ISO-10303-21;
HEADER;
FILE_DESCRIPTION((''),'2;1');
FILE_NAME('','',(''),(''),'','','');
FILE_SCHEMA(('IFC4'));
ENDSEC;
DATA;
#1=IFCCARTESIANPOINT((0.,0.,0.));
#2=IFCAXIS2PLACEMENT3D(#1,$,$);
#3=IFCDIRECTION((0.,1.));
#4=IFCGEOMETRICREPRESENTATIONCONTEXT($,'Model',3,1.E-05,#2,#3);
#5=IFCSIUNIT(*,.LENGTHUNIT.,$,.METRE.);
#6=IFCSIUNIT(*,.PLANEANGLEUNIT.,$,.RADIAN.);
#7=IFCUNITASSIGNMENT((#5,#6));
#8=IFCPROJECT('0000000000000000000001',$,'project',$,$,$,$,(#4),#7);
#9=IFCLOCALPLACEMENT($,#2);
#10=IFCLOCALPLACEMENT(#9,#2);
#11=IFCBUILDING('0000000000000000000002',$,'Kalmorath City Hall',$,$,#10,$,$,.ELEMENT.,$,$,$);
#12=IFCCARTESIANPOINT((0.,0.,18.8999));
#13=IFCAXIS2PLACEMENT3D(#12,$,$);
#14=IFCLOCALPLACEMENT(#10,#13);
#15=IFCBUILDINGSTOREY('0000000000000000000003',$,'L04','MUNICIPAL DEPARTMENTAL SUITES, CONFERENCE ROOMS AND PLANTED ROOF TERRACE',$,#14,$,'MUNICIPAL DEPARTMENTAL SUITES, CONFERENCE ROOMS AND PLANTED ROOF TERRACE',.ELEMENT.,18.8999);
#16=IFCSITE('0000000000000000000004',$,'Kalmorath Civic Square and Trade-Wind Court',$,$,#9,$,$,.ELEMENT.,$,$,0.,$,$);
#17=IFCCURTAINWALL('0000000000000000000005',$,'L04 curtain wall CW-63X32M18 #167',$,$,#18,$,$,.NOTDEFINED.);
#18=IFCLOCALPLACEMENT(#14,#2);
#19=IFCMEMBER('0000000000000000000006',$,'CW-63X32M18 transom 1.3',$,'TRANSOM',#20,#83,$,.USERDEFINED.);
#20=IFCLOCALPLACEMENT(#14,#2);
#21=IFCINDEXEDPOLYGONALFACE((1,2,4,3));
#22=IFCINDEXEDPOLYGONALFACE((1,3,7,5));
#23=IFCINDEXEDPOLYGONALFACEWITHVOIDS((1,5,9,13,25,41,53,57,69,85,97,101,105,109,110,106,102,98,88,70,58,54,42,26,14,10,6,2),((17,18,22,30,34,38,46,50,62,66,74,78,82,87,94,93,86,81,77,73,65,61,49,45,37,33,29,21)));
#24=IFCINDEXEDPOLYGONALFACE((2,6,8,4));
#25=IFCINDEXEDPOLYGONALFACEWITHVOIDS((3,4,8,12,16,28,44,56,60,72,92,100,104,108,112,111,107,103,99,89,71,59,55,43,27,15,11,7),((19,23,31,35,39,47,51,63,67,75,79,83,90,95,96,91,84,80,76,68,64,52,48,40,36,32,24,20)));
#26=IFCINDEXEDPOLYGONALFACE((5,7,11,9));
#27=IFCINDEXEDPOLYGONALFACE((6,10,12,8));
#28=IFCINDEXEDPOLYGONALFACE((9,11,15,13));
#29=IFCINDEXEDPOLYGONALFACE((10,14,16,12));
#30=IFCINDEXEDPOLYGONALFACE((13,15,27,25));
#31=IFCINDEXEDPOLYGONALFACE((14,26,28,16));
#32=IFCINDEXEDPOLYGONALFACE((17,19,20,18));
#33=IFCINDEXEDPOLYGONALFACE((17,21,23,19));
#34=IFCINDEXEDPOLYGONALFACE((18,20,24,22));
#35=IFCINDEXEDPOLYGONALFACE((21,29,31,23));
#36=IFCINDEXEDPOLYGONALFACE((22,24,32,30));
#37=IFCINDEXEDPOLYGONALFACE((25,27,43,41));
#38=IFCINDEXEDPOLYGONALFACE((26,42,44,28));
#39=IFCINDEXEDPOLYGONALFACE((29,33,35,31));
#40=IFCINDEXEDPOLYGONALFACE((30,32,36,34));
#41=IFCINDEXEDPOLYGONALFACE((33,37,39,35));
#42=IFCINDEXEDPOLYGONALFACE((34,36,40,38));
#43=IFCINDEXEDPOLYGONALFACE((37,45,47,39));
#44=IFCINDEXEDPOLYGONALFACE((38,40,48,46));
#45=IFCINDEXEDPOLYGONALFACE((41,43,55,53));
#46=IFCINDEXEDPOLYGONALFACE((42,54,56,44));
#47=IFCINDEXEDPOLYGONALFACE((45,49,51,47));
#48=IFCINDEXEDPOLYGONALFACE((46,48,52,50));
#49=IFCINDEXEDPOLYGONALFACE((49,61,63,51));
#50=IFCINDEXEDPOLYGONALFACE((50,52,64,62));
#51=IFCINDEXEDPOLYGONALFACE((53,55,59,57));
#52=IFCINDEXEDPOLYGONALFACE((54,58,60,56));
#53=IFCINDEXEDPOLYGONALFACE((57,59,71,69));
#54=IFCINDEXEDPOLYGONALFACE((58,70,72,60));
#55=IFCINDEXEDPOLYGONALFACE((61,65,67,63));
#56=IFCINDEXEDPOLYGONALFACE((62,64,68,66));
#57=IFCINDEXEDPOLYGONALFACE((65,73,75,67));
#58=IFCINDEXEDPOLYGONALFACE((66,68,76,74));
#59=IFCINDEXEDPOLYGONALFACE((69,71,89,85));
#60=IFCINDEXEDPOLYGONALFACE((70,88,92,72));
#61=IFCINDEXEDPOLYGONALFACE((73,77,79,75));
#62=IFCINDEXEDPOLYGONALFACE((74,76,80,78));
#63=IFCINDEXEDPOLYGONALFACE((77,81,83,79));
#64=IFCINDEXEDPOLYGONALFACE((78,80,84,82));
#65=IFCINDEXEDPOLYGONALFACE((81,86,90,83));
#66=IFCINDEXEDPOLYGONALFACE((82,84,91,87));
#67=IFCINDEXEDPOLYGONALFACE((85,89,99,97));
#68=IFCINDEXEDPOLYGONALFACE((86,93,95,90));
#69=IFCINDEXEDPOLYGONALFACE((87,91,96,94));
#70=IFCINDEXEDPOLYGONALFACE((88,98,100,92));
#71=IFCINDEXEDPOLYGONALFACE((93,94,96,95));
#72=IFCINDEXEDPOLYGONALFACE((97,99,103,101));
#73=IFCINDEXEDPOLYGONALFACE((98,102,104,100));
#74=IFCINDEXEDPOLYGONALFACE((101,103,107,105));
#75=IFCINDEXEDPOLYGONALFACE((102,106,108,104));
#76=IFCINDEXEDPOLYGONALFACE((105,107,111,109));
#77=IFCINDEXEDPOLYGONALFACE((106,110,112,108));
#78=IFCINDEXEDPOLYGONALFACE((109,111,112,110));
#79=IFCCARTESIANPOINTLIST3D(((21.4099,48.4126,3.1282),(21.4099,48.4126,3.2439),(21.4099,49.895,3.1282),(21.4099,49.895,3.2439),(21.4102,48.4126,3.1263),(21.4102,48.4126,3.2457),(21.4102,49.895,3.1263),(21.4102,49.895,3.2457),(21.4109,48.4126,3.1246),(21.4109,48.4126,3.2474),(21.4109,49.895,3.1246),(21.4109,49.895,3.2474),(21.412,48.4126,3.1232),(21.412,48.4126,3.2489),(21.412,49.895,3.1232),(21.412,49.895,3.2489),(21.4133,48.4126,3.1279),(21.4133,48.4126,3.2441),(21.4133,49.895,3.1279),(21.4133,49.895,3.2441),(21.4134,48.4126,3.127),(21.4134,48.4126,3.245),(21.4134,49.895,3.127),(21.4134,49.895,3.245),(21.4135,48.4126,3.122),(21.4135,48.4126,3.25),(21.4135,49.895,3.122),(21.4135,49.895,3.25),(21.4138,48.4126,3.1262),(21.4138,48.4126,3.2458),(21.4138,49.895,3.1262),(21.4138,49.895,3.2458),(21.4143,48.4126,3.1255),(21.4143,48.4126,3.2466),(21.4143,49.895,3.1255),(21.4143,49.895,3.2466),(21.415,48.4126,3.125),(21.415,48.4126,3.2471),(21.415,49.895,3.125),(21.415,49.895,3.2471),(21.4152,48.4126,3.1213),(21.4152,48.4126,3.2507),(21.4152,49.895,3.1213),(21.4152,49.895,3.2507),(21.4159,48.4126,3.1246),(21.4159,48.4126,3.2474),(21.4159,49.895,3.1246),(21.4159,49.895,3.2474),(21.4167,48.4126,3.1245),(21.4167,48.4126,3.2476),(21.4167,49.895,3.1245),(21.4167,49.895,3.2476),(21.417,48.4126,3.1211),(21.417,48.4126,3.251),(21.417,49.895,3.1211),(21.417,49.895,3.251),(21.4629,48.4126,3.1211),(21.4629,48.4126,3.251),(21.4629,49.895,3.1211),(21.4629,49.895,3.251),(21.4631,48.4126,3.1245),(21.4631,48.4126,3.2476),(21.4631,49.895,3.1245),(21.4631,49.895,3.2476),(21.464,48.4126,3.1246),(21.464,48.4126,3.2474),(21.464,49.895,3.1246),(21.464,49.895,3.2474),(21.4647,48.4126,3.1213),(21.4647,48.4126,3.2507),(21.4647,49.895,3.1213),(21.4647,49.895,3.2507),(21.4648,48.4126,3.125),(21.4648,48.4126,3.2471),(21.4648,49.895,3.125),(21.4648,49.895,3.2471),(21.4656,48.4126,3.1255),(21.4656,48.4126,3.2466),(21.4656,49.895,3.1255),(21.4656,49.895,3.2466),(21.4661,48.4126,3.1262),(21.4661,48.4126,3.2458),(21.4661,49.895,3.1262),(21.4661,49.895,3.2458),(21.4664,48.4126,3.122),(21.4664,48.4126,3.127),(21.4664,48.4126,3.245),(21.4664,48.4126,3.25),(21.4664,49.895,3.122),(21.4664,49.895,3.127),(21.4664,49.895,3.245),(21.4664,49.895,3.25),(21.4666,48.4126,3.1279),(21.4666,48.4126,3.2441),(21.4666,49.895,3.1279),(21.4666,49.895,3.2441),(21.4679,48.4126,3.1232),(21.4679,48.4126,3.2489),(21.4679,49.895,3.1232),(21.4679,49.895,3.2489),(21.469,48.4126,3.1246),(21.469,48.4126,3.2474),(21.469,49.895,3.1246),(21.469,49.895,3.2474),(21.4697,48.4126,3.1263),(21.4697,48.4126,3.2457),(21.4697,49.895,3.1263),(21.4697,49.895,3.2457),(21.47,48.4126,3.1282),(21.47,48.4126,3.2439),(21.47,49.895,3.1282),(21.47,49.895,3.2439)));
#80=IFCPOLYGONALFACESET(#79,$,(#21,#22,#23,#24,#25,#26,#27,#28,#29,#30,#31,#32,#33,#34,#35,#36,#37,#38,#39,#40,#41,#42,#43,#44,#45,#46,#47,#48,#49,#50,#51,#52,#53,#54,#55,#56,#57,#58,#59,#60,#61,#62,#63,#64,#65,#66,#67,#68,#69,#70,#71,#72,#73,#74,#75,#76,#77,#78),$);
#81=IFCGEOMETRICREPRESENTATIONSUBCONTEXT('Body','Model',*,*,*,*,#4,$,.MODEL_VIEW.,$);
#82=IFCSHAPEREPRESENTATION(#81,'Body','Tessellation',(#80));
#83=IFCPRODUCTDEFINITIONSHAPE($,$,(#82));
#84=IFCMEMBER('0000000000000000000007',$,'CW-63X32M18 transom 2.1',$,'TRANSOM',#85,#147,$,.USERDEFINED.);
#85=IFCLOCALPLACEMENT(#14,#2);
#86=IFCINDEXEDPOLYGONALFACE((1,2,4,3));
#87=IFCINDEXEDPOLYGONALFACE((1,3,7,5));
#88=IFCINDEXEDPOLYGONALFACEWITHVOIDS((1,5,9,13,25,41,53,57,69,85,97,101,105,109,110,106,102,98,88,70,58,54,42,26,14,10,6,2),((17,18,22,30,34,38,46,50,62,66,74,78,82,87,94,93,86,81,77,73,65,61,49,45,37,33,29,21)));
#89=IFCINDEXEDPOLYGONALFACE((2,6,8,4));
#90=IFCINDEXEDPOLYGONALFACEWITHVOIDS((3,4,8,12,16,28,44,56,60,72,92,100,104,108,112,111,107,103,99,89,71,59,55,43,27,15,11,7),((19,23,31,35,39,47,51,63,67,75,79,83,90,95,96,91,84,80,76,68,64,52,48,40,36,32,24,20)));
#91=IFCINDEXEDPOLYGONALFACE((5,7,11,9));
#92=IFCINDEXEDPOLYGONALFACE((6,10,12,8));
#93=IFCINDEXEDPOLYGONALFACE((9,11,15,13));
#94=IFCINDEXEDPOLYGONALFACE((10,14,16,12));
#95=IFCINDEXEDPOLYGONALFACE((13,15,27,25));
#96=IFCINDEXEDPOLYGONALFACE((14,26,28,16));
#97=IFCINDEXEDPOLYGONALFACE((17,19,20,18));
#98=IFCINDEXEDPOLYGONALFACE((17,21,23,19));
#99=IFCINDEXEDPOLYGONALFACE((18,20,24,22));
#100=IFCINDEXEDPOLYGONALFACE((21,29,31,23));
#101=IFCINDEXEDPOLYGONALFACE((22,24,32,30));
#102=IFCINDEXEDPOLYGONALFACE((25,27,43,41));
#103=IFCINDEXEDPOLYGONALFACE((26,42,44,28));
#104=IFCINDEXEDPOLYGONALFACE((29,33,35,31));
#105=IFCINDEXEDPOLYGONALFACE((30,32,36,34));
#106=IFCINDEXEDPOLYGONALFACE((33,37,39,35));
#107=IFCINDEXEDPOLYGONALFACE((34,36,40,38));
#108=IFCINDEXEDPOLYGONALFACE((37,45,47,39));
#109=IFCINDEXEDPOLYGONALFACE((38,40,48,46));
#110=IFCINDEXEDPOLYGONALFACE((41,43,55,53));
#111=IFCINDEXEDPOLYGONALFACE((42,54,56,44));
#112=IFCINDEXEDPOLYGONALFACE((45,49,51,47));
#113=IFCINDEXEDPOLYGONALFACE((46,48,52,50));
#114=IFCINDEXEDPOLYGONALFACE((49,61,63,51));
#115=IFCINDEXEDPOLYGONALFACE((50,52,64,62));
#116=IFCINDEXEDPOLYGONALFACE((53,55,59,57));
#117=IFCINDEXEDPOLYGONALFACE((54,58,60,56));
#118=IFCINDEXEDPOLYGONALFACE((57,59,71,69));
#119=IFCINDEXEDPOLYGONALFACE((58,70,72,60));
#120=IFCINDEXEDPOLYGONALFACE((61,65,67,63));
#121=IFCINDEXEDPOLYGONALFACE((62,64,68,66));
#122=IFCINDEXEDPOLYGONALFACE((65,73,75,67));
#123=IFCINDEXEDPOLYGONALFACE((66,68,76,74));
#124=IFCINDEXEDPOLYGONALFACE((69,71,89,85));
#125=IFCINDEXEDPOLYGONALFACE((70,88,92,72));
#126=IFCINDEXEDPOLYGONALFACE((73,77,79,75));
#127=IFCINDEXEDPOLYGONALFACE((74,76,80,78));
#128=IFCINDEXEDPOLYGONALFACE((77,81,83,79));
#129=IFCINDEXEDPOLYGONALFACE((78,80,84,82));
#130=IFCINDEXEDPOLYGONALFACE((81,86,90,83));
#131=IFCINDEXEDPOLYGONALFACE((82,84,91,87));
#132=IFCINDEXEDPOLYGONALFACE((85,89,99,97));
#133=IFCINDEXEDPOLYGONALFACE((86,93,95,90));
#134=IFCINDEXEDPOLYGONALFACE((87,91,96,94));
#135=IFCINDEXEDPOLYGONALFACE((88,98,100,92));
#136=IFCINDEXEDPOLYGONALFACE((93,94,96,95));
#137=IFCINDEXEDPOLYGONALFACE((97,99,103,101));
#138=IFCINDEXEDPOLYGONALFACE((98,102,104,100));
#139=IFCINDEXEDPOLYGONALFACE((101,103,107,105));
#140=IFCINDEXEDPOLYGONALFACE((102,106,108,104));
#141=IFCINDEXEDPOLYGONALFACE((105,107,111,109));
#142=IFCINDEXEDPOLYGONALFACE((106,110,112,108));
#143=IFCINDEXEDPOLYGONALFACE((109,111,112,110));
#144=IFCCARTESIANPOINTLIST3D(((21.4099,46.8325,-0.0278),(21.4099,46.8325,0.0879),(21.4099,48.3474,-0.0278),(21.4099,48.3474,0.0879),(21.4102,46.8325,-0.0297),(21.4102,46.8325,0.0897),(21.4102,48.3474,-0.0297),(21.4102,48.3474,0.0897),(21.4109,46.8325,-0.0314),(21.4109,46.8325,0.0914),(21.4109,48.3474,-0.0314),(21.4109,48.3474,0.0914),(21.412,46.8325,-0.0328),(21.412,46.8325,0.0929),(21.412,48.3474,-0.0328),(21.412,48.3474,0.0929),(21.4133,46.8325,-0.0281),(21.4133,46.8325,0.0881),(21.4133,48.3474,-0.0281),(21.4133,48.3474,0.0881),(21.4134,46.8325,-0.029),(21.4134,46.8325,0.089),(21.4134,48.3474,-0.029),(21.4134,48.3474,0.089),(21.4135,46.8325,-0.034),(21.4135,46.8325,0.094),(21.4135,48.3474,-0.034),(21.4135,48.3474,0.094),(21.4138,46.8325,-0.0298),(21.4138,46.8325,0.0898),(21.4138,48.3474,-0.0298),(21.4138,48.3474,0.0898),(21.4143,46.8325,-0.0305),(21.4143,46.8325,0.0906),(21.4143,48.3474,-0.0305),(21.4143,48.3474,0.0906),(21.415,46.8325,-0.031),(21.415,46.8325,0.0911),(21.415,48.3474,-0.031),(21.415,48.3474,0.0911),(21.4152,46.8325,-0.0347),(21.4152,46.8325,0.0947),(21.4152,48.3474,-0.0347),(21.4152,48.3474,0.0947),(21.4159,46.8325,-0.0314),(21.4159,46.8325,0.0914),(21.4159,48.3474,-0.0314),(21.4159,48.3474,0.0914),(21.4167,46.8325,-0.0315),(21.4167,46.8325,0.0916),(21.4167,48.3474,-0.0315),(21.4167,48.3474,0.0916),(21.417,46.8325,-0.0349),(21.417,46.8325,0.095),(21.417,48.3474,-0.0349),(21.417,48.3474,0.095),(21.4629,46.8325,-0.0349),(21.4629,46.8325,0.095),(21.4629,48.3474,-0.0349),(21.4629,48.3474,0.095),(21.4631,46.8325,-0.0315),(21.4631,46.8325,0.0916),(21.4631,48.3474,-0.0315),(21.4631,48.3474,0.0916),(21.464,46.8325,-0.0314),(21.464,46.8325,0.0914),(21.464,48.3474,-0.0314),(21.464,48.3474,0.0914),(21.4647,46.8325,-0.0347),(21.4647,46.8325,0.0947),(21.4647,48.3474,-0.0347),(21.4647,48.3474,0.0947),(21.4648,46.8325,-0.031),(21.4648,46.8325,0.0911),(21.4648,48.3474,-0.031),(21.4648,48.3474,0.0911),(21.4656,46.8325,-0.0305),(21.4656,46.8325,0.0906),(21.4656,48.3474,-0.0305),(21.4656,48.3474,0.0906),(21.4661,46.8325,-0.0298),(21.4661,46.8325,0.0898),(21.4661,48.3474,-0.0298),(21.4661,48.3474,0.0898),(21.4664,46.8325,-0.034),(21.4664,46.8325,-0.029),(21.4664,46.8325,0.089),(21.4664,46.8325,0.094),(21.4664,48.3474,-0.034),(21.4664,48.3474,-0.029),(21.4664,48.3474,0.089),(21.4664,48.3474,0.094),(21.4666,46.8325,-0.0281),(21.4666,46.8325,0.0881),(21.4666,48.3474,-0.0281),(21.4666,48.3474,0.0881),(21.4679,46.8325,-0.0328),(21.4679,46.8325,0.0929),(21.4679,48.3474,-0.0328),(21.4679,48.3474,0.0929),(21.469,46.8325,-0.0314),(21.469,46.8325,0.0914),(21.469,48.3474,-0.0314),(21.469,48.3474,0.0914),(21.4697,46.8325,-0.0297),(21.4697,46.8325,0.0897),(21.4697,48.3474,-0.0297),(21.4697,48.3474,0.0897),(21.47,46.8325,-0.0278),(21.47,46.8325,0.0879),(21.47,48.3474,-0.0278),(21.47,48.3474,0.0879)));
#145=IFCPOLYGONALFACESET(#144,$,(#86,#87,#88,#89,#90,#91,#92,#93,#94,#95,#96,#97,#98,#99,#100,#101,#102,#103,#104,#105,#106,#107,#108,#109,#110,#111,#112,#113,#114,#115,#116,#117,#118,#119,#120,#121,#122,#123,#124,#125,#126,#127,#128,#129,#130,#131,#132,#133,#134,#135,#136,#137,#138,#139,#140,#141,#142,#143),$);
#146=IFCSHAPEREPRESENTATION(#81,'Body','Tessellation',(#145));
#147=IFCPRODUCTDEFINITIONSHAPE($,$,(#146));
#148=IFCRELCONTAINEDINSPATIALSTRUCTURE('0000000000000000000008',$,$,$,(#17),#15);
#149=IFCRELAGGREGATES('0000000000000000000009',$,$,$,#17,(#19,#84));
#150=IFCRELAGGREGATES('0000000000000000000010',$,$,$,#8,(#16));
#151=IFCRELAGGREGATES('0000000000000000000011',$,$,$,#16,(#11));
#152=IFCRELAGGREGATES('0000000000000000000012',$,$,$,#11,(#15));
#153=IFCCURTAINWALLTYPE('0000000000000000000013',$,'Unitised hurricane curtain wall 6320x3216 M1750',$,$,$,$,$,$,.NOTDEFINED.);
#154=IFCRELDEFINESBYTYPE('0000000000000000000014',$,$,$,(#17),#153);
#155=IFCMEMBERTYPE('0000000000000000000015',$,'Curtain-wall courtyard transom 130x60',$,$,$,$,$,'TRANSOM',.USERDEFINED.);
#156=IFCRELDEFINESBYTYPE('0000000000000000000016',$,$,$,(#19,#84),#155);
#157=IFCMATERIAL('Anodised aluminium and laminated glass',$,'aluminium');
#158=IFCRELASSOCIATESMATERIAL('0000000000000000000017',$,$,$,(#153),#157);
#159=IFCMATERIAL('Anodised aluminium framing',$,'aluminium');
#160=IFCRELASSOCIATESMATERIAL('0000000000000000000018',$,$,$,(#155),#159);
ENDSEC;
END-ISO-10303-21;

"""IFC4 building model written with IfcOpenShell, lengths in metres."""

from ifc_helpers import new_model, si_unit, direction, frame, origin, origin_2d, place, context, subcontext, project, spatial, hollow_rectangle, extrude, material, material_profile, profile_set, type_object, element, aggregate, save


model = new_model("IFC4")

# Units and contexts
model_context = context("Model", 3, precision=1e-05, world=origin(), true_north=direction((0.0, 1.0)))
body_context = subcontext(model_context, "Body", "Model", "MODEL_VIEW")
ifc_project = project(units=[si_unit("LENGTHUNIT", "METRE"), si_unit("PLANEANGLEUNIT", "RADIAN")], contexts=[model_context])

# Site, building, storey
site_placement = place(None, origin())
site = spatial("IfcSite", under=ifc_project, at=site_placement, Name="Kalmorath Civic Square and Trade-Wind Court", CompositionType="ELEMENT", RefElevation=0.0)
building_placement = place(site_placement, origin())
building = spatial("IfcBuilding", under=site, at=building_placement, Name="Kalmorath City Hall", CompositionType="ELEMENT")
storey_placement = place(building_placement, frame((0.0, 0.0, 18.8999)))
storey = spatial("IfcBuildingStorey", under=building, at=storey_placement, Name="L04", Description="MUNICIPAL DEPARTMENTAL SUITES, CONFERENCE ROOMS AND PLANTED ROOF TERRACE", LongName="MUNICIPAL DEPARTMENTAL SUITES, CONFERENCE ROOMS AND PLANTED ROOF TERRACE", CompositionType="ELEMENT", Elevation=18.8999)

# Curtain wall
ifc_material_1 = material(Name="Anodised aluminium and laminated glass", Category="aluminium")
curtain_wall_type = type_object("IfcCurtainWallType", Name="Unitised hurricane curtain wall 6320x3216 M1750", PredefinedType="NOTDEFINED", material=ifc_material_1)
curtain_wall_1_placement = place(storey_placement, origin())
curtain_wall_1 = element("IfcCurtainWall", 1, at=curtain_wall_1_placement, inside=storey, type_object=curtain_wall_type, Name="L04 curtain wall CW-63X32M18 #167", PredefinedType="NOTDEFINED")
ifc_material_2 = material(Name="Anodised aluminium framing", Category="aluminium")
ifc_material_profile_1 = material_profile(ifc_material_2, hollow_rectangle(XDim=0.0601, YDim=0.1299, WallThickness=0.0034, InnerFilletRadius=0.0034, OuterFilletRadius=0.0071, at=origin_2d()), Name="ALU-TRN-130X60X3.5")
ifc_profile_set_1 = profile_set([ifc_material_profile_1], Name="Anodised aluminium framing")
member_type_1 = type_object("IfcMemberType", Name="Curtain-wall courtyard transom 130x60", ElementType="TRANSOM", PredefinedType="USERDEFINED", material=ifc_profile_set_1)

# Members
member_1_placement = place(storey_placement, frame((21.4399, 49.895, 3.186), z_axis=(0.0, -1.0, 0.0), x_axis=(1.0, 0.0, 0.0)))
member_1 = element("IfcMember", 2, at=member_1_placement, type_object=member_type_1, Name="CW-63X32M18 transom 1.3", ObjectType="TRANSOM", PredefinedType="USERDEFINED", context=body_context, shape_type="SweptSolid", body=[
    extrude(hollow_rectangle(XDim=0.0601, YDim=0.1299, WallThickness=0.0034, InnerFilletRadius=0.0034, OuterFilletRadius=0.0071, at=origin_2d()), origin(), (0.0, 0.0, 1.0), 1.4824),
])
member_2_placement = place(storey_placement, frame((21.4399, 48.3474, 0.03), z_axis=(0.0, -1.0, 0.0), x_axis=(1.0, 0.0, 0.0)))
member_2 = element("IfcMember", 3, at=member_2_placement, type_object=member_type_1, Name="CW-63X32M18 transom 2.1", ObjectType="TRANSOM", PredefinedType="USERDEFINED", context=body_context, shape_type="SweptSolid", body=[
    extrude(hollow_rectangle(XDim=0.0601, YDim=0.1299, WallThickness=0.0034, InnerFilletRadius=0.0034, OuterFilletRadius=0.0071, at=origin_2d()), origin(), (0.0, 0.0, 1.0), 1.5149),
])

aggregate(curtain_wall_1, [member_1, member_2])

save(model, "model.ifc")
